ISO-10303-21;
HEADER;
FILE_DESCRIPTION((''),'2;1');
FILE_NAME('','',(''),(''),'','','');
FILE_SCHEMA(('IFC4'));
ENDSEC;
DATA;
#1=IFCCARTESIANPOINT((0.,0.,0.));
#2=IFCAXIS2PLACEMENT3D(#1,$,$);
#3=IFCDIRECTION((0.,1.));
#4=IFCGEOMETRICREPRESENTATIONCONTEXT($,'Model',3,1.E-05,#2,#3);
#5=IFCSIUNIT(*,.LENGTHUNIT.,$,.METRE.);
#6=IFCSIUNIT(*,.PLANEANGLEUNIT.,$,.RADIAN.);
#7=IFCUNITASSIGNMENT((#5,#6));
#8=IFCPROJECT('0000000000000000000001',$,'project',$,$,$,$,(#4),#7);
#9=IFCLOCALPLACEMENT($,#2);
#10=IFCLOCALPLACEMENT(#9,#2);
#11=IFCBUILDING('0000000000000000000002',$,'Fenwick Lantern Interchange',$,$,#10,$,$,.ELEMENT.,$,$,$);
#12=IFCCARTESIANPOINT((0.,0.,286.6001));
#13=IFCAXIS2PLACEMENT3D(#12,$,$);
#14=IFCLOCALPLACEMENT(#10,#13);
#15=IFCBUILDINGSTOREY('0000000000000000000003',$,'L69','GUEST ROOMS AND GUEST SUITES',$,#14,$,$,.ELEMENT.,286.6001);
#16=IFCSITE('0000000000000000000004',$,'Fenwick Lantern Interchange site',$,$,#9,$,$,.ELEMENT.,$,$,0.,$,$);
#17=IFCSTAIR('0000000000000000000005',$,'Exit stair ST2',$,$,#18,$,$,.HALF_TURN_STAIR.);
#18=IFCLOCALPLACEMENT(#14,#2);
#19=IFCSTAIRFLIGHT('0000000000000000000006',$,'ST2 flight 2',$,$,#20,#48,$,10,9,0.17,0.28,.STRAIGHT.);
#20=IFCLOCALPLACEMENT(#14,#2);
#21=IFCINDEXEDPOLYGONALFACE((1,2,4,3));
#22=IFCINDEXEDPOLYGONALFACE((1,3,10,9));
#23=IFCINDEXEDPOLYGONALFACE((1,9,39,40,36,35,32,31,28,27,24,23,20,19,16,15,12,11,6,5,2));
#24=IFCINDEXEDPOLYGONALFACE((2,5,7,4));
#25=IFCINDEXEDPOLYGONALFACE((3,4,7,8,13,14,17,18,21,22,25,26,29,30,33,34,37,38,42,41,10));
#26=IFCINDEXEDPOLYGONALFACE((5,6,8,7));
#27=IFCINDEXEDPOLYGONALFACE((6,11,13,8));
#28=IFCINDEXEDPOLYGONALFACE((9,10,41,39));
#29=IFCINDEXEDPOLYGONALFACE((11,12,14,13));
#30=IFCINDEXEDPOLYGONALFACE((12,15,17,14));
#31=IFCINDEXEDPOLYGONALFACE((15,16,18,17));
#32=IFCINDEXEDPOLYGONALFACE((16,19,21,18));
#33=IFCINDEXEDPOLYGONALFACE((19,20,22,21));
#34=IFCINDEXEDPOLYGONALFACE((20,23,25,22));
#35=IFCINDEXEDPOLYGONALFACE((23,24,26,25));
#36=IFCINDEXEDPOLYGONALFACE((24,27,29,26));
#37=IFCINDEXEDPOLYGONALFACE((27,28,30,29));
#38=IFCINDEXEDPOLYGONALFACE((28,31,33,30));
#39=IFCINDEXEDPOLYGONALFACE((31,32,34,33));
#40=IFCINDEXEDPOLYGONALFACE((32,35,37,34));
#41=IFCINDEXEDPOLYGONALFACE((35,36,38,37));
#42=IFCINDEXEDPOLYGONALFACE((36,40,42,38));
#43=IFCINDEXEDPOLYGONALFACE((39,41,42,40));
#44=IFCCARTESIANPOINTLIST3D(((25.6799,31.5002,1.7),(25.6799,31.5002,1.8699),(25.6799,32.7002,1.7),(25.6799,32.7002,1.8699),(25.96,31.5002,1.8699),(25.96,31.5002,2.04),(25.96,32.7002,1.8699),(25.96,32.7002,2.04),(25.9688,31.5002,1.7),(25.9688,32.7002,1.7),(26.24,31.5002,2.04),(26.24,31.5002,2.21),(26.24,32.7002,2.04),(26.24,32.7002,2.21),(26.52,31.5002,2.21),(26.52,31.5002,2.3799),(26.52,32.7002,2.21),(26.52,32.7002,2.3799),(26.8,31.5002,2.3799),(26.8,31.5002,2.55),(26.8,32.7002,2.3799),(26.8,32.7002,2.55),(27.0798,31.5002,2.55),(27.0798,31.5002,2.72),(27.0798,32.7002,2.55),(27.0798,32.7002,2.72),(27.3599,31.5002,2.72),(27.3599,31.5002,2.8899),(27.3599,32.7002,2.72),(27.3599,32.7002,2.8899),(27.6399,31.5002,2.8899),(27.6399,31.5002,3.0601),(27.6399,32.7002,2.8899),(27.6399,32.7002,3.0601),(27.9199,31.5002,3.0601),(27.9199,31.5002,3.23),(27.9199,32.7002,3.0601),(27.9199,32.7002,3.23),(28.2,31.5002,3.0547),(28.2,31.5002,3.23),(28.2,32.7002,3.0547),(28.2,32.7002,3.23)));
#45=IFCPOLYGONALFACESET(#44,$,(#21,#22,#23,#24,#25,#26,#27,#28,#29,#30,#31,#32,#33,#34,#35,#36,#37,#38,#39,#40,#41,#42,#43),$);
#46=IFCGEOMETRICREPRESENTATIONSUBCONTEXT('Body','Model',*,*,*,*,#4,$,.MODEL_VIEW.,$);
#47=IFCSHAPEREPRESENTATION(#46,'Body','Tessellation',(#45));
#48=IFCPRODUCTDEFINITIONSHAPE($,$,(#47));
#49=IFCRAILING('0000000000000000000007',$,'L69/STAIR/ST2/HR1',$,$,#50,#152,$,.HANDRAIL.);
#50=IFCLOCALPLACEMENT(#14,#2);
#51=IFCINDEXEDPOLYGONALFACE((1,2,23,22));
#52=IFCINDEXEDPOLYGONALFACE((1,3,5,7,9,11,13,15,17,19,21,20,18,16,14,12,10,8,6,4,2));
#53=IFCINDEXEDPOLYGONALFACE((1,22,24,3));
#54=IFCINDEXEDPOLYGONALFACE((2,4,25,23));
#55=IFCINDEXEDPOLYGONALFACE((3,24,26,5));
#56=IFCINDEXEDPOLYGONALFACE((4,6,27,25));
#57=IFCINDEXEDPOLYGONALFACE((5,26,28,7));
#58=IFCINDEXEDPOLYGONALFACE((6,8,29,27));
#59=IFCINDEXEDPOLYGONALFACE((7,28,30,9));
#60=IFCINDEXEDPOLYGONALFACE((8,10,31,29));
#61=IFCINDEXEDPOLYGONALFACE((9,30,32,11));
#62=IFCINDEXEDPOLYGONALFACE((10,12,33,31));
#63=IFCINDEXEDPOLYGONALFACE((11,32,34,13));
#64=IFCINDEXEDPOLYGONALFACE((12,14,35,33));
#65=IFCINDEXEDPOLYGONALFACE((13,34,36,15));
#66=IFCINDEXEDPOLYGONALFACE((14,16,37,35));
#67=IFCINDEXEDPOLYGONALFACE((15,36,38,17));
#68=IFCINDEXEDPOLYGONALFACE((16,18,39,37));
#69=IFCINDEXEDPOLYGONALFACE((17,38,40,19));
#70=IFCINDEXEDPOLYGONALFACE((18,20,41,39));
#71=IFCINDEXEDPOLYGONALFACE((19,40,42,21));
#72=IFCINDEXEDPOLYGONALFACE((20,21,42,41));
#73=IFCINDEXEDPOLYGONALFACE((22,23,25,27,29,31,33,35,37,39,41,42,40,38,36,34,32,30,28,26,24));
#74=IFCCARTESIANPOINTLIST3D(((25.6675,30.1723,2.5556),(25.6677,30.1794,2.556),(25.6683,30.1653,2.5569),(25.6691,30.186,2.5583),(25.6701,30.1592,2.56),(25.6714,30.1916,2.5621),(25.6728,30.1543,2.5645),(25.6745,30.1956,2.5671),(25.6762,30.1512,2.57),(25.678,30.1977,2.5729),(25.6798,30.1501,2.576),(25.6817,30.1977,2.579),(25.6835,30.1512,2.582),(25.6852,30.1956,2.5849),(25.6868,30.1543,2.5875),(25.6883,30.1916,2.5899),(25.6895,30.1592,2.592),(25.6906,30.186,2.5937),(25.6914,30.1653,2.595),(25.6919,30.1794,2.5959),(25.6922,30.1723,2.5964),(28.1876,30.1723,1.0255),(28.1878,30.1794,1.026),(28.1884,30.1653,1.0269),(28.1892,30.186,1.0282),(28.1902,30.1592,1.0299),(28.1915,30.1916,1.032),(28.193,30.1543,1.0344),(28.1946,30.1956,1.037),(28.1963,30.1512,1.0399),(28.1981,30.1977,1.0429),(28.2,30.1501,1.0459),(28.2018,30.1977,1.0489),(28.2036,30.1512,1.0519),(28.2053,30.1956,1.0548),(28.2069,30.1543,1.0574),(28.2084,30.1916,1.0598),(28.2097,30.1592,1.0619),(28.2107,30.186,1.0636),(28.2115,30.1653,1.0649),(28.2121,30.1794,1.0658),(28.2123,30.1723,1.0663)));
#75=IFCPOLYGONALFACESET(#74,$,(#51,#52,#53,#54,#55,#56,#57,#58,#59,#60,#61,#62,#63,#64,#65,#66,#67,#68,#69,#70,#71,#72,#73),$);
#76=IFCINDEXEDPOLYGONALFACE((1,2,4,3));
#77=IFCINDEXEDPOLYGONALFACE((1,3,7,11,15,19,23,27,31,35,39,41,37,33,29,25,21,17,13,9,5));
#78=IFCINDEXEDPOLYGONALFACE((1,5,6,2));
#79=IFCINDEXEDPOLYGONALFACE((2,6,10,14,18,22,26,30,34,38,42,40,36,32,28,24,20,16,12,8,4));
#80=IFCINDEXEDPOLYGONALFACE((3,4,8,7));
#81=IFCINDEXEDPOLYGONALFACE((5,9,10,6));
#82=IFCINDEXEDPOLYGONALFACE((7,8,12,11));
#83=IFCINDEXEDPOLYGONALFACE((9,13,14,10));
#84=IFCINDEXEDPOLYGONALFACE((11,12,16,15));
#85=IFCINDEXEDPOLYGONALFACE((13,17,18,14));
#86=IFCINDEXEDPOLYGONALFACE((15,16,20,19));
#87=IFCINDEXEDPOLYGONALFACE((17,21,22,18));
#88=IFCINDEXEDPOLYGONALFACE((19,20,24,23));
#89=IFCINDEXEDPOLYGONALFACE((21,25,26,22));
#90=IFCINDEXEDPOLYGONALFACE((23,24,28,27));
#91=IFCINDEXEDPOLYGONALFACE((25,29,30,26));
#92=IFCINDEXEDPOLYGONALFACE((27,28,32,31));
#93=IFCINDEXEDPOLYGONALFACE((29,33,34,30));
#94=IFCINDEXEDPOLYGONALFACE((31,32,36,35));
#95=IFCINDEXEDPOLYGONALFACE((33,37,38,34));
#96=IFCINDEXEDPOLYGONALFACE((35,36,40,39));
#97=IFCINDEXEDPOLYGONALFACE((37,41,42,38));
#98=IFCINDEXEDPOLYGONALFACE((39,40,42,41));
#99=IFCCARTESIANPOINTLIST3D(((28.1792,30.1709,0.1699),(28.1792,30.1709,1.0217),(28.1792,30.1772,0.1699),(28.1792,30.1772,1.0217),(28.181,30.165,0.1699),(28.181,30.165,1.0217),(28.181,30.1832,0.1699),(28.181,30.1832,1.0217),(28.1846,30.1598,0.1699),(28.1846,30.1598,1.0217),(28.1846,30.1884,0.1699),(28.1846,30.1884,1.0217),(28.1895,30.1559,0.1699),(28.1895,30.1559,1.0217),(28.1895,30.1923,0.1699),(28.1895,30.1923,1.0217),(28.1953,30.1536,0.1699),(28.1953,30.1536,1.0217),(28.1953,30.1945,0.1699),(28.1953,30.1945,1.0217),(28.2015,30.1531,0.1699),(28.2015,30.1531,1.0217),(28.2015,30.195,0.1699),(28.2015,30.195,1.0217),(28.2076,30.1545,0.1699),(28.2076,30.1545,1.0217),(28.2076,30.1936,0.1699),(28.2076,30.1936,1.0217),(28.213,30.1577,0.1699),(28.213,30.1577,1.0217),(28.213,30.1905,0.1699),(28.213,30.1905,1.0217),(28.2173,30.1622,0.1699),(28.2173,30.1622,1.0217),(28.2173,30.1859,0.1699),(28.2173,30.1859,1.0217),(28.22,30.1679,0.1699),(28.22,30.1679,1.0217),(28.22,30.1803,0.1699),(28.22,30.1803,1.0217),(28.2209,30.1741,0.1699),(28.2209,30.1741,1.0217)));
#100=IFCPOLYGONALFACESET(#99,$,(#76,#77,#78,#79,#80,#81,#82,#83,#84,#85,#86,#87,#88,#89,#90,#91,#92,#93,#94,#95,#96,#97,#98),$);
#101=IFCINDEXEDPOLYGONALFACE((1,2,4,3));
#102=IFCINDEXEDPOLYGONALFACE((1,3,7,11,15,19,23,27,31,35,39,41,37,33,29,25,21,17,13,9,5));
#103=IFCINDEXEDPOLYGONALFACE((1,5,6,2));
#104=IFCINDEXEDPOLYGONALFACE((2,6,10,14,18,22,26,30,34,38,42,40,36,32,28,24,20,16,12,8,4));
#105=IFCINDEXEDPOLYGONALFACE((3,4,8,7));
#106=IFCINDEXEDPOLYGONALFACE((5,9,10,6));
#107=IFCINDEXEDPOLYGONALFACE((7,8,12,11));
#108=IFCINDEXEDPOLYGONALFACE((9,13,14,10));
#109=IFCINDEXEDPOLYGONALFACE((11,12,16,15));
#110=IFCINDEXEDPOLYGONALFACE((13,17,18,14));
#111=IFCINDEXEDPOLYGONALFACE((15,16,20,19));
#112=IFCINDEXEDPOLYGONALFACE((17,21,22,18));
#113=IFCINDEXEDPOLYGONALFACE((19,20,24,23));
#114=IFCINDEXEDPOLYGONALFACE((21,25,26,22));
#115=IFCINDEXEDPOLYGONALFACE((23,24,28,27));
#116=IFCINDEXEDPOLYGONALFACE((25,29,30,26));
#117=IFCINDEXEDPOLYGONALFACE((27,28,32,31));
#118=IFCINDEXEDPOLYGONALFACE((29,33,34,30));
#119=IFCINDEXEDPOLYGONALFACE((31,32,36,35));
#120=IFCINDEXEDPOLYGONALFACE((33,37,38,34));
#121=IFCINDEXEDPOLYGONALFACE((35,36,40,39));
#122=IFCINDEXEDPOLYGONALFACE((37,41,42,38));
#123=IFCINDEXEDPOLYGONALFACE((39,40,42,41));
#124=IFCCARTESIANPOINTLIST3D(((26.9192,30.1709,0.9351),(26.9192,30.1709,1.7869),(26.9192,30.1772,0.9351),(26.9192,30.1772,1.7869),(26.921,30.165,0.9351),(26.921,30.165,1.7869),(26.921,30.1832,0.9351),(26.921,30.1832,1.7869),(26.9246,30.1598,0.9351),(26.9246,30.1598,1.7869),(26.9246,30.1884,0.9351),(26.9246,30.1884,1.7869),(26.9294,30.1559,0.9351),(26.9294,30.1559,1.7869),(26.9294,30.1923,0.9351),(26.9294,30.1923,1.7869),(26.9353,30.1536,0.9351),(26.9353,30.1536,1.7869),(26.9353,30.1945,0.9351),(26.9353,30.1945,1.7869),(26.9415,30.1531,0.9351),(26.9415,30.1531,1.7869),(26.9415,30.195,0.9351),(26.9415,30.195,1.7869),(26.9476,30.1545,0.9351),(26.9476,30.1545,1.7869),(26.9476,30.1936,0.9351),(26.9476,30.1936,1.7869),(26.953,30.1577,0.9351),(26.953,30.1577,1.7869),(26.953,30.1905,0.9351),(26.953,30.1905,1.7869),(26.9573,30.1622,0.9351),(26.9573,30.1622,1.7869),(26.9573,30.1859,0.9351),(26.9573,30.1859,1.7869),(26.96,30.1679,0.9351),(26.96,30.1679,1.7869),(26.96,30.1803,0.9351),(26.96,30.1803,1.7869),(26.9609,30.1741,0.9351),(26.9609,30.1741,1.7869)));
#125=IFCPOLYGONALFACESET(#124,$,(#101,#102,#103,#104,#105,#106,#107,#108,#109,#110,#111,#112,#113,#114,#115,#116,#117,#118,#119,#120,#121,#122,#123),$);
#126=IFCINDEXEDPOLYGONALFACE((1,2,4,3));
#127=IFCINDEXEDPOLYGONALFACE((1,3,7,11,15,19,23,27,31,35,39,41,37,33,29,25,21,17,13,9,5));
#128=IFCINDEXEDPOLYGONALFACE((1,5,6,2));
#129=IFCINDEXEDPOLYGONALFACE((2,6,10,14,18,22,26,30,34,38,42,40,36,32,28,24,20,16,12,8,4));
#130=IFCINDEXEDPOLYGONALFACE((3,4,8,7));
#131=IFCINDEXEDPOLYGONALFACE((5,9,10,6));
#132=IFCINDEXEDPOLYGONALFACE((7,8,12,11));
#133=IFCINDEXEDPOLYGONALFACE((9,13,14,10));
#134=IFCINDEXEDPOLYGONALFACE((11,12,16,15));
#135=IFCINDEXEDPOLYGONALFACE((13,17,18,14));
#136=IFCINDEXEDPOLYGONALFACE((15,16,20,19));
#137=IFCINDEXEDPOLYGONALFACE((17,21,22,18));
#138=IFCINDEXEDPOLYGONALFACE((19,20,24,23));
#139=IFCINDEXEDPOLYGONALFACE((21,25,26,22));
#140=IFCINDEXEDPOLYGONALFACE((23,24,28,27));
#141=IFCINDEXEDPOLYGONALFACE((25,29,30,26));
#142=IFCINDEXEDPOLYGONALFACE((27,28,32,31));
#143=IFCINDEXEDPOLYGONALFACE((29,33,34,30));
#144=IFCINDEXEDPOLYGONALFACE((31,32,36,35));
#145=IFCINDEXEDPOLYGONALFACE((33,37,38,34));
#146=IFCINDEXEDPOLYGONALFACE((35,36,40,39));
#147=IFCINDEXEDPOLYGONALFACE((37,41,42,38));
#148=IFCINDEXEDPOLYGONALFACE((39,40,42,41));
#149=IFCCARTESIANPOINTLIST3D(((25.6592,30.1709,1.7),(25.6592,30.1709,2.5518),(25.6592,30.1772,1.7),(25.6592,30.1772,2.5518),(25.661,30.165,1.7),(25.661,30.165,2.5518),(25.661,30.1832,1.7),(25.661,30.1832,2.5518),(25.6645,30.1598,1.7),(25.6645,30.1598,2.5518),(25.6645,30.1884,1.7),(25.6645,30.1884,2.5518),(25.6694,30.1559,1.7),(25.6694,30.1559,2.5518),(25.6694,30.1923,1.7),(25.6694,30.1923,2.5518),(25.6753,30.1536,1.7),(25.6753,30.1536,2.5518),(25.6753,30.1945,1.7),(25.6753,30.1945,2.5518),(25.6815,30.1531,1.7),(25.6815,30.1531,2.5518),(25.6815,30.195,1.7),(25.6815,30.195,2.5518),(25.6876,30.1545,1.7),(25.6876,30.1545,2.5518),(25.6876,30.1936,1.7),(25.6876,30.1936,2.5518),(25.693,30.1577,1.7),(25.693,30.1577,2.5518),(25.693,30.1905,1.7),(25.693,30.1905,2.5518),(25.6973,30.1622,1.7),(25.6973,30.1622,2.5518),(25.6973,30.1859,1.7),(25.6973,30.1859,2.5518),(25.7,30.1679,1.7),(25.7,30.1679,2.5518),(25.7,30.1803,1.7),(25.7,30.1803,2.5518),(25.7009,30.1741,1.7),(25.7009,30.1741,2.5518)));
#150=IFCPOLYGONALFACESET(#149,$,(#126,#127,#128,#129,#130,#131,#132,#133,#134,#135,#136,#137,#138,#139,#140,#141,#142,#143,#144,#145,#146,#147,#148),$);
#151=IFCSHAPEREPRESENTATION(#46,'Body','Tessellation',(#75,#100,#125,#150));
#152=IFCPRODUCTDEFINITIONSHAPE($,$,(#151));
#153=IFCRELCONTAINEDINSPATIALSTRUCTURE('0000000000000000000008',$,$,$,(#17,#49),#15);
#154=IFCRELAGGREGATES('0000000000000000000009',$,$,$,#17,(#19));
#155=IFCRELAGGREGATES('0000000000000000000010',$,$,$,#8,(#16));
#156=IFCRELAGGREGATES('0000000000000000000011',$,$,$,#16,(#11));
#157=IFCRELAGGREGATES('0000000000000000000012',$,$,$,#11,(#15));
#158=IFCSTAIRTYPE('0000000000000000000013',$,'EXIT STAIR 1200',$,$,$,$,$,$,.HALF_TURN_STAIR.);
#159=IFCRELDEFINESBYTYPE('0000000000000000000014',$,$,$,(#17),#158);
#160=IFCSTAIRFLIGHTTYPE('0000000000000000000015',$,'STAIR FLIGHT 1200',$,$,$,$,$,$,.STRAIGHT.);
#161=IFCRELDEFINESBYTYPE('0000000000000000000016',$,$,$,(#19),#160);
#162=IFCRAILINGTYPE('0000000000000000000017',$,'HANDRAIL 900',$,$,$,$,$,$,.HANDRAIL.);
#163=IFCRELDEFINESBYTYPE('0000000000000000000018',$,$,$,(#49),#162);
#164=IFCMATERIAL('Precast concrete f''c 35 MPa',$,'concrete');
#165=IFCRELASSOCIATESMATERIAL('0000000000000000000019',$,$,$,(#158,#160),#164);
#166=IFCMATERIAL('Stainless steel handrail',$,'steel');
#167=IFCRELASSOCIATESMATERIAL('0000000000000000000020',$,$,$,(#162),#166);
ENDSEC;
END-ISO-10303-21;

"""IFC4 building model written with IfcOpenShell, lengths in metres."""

from ifc_helpers import new_model, si_unit, direction, frame, origin, origin_2d, place, context, subcontext, project, spatial, polyline, circle, outline, extrude, material, type_object, element, aggregate, save


model = new_model("IFC4")

# Units and contexts
model_context = context("Model", 3, precision=1e-05, world=origin(), true_north=direction((0.0, 1.0)))
body_context = subcontext(model_context, "Body", "Model", "MODEL_VIEW")
ifc_project = project(units=[si_unit("LENGTHUNIT", "METRE"), si_unit("PLANEANGLEUNIT", "RADIAN")], contexts=[model_context])

# Site, building, storey
site_placement = place(None, origin())
site = spatial("IfcSite", under=ifc_project, at=site_placement, Name="Fenwick Lantern Interchange site", CompositionType="ELEMENT", RefElevation=0.0)
building_placement = place(site_placement, origin())
building = spatial("IfcBuilding", under=site, at=building_placement, Name="Fenwick Lantern Interchange", CompositionType="ELEMENT")
storey_placement = place(building_placement, frame((0.0, 0.0, 286.6001)))
storey = spatial("IfcBuildingStorey", under=building, at=storey_placement, Name="L69", Description="GUEST ROOMS AND GUEST SUITES", CompositionType="ELEMENT", Elevation=286.6001)

# Stair, stair flight
ifc_material_1 = material(Name="Precast concrete f'c 35 MPa", Category="concrete")
stair_type = type_object("IfcStairType", Name="EXIT STAIR 1200", PredefinedType="HALF_TURN_STAIR", material=ifc_material_1)
stair_placement = place(storey_placement, origin())
stair = element("IfcStair", 1, at=stair_placement, inside=storey, type_object=stair_type, Name="Exit stair ST2", PredefinedType="HALF_TURN_STAIR")
stair_flight_type = type_object("IfcStairFlightType", Name="STAIR FLIGHT 1200", PredefinedType="STRAIGHT", material=ifc_material_1)
stair_flight_1_placement = place(storey_placement, frame((25.6799, 32.1001, 1.7), z_axis=(0.0, 0.0, 1.0), x_axis=(1.0, 0.0, 0.0)))
stair_flight_1 = element("IfcStairFlight", 2, at=stair_flight_1_placement, type_object=stair_flight_type, Name="ST2 flight 2", NumberOfRisers=10, NumberOfTreads=9, PredefinedType="STRAIGHT", RiserHeight=0.17, TreadLength=0.28, context=body_context, shape_type="SweptSolid", body=[
    extrude(outline(polyline([(0.0, 0.0), (0.0, 0.1699), (0.28, 0.1699), (0.28, 0.3401), (0.5601, 0.3401), (0.5601, 0.51), (0.8401, 0.51), (0.8401, 0.6799), (1.1201, 0.6799), (1.1201, 0.8501), (1.3999, 0.8501), (1.3999, 1.02), (1.6799, 1.02), (1.6799, 1.1899), (1.96, 1.1899), (1.96, 1.3601), (2.24, 1.3601), (2.24, 1.53), (2.52, 1.53), (2.52, 1.7), (2.52, 1.3547), (0.2888, 0.0), (0.0, 0.0)])), frame((0.0, 0.6001, 0.0), z_axis=(0.0, -1.0, 0.0), x_axis=(1.0, 0.0, 0.0)), (0.0, 0.0, 1.0), 1.2),
])
aggregate(stair, [stair_flight_1])

# Railing
ifc_material_2 = material(Name="Stainless steel handrail", Category="steel")
railing_type = type_object("IfcRailingType", Name="HANDRAIL 900", PredefinedType="HANDRAIL", material=ifc_material_2)
railing_1_placement = place(storey_placement, frame((28.2, 30.1741, 0.1699)))
element("IfcRailing", 3, at=railing_1_placement, inside=storey, type_object=railing_type, Name="L69/STAIR/ST2/HR1", PredefinedType="HANDRAIL", context=body_context, shape_type="SweptSolid", body=[
    extrude(circle(Radius=0.0239, at=origin_2d()), frame((0.0, 0.0, 0.876), z_axis=(-0.854785, 0.0, 0.518982), x_axis=(0.0, -1.0, 0.0)), (0.0, 0.0, 1.0), 2.9482),
    extrude(circle(Radius=0.021, at=origin_2d()), origin(), (0.0, 0.0, 1.0), 0.8518),
    extrude(circle(Radius=0.021, at=origin_2d()), frame((-1.26, 0.0, 0.7651)), (0.0, 0.0, 1.0), 0.8518),
    extrude(circle(Radius=0.021, at=origin_2d()), frame((-2.52, 0.0, 1.53)), (0.0, 0.0, 1.0), 0.8518),
])

save(model, "model.ifc")
